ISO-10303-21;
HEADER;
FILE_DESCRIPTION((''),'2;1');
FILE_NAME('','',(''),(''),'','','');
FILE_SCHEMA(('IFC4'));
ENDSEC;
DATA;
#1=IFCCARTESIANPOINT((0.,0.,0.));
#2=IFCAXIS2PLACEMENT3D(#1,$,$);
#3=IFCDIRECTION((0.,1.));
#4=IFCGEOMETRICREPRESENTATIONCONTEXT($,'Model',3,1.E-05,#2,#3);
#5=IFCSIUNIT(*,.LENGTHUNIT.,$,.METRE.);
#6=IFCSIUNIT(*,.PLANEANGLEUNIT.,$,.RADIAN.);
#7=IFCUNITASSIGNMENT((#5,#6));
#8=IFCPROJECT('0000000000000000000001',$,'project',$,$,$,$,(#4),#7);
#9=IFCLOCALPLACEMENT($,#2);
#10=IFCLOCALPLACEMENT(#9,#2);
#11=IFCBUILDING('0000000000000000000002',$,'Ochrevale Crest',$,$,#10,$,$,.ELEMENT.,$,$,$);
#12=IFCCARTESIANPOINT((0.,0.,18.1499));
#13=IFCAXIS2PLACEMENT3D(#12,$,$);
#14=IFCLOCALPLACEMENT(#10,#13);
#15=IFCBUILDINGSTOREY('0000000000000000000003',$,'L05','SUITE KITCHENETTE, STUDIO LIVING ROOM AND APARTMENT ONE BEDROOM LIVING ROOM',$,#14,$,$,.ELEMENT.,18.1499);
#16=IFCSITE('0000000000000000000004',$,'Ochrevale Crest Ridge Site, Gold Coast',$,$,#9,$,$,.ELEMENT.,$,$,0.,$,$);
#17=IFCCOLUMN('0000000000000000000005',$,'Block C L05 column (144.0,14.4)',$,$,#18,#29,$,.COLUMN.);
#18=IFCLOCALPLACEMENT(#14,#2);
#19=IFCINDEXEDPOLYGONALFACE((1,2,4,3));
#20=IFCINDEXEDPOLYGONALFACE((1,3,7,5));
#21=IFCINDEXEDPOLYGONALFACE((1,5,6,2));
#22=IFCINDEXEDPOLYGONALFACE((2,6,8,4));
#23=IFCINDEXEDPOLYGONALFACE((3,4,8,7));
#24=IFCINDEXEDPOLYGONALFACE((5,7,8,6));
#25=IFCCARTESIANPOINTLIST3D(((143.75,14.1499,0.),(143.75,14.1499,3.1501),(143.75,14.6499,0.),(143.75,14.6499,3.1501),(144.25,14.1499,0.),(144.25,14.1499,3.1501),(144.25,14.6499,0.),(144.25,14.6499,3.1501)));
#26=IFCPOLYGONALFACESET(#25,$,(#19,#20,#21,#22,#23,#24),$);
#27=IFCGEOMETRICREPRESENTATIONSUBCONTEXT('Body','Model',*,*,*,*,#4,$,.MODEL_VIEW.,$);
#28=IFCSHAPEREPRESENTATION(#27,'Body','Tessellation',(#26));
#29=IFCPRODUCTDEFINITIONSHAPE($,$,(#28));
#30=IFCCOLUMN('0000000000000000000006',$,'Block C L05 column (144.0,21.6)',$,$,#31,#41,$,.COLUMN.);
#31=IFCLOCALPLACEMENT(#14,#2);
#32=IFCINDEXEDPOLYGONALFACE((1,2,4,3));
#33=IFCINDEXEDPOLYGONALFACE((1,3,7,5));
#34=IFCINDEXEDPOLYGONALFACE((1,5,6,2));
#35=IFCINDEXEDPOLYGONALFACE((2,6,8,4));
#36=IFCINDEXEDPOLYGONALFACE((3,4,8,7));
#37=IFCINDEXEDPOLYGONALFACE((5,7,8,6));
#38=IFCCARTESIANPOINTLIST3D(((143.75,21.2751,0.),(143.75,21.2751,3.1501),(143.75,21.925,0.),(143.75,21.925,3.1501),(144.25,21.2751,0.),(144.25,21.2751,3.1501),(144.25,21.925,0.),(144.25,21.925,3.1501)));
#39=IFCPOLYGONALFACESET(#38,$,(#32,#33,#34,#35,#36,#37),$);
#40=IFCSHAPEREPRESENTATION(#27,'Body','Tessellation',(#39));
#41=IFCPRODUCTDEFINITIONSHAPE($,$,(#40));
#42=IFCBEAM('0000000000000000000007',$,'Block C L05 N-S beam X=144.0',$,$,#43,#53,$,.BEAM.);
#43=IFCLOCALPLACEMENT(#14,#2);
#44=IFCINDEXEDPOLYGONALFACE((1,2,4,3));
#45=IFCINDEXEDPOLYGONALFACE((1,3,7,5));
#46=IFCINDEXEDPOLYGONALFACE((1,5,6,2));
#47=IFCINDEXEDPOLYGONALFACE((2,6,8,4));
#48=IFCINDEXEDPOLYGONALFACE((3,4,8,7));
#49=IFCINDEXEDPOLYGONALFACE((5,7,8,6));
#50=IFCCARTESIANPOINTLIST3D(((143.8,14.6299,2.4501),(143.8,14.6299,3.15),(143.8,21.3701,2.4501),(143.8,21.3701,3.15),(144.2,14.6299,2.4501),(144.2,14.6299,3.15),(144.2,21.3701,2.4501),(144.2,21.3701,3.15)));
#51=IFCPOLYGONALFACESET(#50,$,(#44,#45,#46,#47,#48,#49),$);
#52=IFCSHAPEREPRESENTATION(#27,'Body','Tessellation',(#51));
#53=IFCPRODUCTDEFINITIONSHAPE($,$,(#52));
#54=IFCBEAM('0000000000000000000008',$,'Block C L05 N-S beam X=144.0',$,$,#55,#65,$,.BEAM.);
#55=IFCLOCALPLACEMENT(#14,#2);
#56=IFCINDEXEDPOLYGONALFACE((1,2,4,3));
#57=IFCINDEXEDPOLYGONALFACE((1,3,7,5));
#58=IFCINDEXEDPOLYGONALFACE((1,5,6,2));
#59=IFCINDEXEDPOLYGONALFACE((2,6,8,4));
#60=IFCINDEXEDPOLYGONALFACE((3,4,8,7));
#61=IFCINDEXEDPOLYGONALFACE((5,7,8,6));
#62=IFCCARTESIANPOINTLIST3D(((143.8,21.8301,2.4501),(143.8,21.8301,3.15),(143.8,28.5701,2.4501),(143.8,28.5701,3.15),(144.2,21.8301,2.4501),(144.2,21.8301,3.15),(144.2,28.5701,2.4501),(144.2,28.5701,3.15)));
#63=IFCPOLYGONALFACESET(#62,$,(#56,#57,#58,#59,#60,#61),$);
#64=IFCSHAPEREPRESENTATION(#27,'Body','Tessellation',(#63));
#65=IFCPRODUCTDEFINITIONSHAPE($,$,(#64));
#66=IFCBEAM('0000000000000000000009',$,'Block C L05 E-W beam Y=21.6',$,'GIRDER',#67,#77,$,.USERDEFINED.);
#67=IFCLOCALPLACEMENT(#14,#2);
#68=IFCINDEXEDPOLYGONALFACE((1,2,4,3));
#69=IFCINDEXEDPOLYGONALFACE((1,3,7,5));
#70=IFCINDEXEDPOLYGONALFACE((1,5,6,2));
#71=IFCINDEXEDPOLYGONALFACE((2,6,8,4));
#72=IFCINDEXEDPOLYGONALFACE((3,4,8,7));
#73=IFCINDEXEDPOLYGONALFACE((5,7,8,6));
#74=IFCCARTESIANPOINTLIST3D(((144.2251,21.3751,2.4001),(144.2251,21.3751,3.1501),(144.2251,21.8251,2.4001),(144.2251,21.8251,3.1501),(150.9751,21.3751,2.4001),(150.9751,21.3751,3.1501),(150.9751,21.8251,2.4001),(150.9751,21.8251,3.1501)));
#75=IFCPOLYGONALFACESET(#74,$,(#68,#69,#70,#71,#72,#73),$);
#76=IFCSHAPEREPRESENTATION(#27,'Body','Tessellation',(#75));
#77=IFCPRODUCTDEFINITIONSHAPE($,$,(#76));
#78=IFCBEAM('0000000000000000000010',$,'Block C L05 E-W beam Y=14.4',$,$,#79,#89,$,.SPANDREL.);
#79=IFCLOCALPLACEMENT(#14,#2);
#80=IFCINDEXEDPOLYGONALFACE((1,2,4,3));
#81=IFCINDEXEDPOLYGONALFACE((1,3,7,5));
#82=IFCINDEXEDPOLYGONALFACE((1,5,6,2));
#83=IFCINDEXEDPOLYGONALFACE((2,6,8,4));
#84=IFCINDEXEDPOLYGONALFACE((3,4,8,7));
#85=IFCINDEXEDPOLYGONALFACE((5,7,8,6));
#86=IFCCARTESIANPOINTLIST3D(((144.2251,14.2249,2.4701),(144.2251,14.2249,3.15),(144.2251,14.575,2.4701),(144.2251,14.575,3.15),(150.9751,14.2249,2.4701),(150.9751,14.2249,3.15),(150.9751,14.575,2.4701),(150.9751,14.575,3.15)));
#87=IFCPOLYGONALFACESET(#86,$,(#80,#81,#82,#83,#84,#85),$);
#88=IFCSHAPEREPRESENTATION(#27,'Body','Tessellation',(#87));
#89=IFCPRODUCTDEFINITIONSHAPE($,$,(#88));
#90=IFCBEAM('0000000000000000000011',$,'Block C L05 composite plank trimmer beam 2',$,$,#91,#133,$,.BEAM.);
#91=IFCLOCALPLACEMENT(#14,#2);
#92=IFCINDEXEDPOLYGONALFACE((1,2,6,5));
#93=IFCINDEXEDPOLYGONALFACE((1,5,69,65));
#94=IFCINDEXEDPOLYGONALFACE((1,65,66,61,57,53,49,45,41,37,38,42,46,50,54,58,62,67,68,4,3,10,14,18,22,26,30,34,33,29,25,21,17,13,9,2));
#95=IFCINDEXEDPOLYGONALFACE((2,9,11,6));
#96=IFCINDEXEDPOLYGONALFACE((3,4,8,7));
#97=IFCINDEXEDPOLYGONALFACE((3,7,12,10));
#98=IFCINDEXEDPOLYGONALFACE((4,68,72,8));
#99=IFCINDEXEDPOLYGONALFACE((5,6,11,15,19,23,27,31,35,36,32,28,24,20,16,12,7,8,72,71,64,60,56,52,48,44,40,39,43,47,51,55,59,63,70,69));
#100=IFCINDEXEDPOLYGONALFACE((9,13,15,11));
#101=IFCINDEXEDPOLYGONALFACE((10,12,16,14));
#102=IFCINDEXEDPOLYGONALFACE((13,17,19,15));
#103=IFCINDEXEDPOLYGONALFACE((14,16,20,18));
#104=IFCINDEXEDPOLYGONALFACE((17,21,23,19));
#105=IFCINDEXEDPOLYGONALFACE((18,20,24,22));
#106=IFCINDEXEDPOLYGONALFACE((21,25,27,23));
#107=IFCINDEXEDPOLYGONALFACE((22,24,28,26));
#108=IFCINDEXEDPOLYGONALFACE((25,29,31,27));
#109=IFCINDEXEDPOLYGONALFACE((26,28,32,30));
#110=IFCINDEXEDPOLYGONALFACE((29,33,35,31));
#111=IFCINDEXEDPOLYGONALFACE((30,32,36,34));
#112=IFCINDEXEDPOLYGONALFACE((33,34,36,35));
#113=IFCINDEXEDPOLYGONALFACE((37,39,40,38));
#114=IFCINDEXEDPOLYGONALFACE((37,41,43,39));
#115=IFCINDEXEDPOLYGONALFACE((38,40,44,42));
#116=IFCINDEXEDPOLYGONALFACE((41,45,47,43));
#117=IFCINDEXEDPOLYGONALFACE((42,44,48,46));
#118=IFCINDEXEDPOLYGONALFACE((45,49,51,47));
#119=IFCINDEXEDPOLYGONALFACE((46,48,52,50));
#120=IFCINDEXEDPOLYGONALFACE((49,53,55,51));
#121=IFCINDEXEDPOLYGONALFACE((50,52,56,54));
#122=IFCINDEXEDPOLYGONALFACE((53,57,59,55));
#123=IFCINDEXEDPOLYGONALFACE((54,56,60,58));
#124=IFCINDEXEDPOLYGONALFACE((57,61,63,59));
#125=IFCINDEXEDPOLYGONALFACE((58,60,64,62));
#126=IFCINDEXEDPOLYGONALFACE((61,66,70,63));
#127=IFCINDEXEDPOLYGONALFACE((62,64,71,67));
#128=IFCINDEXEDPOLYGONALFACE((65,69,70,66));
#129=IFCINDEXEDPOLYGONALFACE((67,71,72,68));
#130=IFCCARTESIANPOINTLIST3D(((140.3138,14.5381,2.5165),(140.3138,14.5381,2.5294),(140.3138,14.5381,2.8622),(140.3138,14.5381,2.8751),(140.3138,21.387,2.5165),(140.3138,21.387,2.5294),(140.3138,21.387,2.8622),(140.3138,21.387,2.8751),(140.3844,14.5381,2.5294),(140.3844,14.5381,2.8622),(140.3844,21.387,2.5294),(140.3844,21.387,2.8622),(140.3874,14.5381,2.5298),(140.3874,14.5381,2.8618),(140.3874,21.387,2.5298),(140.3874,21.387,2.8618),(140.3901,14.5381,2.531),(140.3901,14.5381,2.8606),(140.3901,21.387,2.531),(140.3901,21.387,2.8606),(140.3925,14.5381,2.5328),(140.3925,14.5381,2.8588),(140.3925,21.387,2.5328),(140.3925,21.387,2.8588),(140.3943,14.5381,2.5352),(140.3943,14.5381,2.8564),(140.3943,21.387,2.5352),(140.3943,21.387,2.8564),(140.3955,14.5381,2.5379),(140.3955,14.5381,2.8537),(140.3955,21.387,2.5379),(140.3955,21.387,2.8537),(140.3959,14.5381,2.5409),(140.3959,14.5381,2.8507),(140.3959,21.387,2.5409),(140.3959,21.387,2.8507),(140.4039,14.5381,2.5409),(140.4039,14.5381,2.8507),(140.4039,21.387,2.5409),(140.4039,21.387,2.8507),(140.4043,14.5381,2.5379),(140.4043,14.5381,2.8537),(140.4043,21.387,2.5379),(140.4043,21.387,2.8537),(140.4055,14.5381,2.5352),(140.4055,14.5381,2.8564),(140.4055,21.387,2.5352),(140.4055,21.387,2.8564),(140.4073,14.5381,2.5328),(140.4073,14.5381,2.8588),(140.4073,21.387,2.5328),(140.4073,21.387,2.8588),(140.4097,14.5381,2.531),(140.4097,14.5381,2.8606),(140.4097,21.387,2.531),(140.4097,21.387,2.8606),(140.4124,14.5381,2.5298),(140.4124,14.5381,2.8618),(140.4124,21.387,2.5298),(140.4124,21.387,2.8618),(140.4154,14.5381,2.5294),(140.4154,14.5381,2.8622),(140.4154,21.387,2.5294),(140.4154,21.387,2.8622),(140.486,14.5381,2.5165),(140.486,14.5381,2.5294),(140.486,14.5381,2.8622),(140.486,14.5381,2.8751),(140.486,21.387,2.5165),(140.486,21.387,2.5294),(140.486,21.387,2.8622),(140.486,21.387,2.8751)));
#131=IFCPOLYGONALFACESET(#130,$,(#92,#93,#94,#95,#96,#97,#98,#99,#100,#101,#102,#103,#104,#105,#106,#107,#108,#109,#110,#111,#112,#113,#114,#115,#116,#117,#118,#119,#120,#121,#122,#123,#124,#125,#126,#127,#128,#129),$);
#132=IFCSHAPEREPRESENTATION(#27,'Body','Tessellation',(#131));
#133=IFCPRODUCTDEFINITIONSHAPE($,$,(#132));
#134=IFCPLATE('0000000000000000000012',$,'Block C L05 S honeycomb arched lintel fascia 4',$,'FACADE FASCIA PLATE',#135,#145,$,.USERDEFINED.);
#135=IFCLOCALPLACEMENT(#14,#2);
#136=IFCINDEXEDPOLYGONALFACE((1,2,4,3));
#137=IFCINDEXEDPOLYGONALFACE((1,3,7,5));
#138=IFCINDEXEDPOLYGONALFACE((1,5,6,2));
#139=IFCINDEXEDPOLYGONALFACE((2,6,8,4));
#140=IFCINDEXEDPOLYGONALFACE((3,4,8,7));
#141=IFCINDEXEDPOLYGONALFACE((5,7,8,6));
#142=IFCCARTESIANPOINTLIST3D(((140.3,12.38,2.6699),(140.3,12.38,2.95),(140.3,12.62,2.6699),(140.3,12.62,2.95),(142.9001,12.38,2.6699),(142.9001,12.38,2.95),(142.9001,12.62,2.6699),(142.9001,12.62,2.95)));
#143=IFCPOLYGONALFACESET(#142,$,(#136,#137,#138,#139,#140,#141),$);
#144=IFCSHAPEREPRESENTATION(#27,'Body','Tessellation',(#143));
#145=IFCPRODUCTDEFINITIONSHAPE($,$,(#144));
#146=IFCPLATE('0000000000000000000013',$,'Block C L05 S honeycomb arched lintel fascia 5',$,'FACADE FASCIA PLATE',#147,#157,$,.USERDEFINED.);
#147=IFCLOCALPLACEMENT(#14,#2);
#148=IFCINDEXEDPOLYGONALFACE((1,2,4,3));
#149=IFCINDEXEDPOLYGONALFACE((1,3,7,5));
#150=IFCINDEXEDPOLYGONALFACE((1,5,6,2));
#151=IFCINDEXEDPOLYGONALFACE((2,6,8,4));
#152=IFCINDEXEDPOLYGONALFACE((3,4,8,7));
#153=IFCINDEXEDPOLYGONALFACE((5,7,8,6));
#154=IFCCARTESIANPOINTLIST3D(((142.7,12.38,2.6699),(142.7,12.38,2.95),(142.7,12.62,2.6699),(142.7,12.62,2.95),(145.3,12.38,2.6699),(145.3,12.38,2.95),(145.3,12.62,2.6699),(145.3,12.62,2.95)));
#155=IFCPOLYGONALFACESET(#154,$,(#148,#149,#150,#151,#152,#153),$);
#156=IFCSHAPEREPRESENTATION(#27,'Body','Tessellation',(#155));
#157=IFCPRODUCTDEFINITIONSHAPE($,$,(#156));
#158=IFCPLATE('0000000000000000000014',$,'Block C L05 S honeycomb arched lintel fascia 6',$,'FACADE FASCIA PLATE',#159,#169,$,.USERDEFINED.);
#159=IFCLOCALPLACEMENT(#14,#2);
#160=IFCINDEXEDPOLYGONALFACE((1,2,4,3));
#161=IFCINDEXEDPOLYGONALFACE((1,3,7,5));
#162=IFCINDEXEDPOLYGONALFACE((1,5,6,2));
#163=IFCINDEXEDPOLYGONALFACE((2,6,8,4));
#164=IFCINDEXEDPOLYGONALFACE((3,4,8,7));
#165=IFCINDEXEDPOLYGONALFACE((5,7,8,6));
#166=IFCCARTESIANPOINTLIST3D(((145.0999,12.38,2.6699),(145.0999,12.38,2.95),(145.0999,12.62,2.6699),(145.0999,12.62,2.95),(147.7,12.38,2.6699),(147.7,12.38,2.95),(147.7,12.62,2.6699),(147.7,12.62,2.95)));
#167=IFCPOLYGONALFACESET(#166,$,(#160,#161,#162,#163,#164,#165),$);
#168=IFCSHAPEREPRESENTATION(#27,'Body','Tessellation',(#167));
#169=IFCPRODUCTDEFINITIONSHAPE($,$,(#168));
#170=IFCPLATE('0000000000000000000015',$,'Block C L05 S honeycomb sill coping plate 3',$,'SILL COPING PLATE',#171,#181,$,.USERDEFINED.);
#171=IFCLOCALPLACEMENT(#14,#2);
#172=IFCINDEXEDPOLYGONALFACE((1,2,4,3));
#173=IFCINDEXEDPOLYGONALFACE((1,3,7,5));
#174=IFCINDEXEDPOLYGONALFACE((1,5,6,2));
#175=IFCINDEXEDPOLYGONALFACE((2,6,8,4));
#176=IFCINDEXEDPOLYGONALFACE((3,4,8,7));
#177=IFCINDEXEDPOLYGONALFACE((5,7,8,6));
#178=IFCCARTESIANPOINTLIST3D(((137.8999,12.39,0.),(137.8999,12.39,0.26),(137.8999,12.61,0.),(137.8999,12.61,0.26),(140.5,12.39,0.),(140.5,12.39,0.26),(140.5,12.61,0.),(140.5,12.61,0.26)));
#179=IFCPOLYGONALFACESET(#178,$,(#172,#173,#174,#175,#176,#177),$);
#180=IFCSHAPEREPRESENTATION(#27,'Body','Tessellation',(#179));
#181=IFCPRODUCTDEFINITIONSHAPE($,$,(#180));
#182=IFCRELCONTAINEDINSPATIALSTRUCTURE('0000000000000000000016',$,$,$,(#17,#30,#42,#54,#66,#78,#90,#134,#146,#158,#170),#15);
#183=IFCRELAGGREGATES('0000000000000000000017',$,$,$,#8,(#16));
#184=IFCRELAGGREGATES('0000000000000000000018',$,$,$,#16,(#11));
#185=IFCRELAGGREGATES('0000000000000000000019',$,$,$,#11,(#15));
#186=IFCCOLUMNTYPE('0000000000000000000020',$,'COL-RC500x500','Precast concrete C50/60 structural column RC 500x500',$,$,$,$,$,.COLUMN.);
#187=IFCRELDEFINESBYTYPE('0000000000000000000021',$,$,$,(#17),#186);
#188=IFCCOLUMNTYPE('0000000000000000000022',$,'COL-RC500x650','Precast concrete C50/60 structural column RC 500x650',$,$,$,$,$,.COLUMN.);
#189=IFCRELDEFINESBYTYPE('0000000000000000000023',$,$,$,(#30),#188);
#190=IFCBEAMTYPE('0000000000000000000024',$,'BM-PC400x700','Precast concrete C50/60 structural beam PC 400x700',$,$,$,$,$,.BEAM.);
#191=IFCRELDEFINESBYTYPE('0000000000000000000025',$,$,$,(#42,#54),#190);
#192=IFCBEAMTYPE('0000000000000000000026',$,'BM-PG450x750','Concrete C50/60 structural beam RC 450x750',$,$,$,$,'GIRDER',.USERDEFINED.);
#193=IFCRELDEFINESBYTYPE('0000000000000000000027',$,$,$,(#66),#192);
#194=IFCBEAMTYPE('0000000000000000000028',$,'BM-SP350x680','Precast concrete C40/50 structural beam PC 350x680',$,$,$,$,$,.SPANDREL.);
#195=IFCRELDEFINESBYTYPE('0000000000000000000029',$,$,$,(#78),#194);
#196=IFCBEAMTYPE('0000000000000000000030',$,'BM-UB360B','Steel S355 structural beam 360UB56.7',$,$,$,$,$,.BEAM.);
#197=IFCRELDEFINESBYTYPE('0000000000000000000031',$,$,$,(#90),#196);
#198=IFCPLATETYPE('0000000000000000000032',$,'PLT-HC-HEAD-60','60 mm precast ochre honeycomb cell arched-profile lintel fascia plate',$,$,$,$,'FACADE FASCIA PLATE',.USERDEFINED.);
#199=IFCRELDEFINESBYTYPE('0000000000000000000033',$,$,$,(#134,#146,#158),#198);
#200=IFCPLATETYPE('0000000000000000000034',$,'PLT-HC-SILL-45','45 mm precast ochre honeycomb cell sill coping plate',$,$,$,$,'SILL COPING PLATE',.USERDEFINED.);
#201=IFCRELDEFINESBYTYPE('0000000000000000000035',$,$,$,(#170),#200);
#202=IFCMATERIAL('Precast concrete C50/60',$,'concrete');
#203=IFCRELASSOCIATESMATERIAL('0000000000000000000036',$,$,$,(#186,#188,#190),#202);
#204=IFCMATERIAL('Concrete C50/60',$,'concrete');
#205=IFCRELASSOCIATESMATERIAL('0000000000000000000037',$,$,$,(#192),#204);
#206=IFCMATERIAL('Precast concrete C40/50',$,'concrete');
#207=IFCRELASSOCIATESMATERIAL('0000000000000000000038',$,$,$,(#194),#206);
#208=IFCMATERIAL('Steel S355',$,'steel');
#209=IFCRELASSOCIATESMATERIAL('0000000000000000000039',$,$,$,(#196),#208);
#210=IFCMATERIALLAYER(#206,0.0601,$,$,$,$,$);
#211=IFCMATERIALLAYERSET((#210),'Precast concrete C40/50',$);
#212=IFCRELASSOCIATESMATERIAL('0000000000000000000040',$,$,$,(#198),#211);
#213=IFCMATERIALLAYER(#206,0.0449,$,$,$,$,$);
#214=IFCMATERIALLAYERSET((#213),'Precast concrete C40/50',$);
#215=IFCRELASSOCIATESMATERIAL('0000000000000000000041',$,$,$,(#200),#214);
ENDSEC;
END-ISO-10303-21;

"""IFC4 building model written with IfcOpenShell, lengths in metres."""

from ifc_helpers import new_model, si_unit, direction, frame, origin, origin_2d, place, context, subcontext, project, spatial, rectangle, i_section, extrude, material, layer, layer_set, material_profile, profile_set, type_object, element, save


model = new_model("IFC4")

# Units and contexts
model_context = context("Model", 3, precision=1e-05, world=origin(), true_north=direction((0.0, 1.0)))
body_context = subcontext(model_context, "Body", "Model", "MODEL_VIEW")
ifc_project = project(units=[si_unit("LENGTHUNIT", "METRE"), si_unit("PLANEANGLEUNIT", "RADIAN")], contexts=[model_context])

# Site, building, storey
site_placement = place(None, origin())
site = spatial("IfcSite", under=ifc_project, at=site_placement, Name="Ochrevale Crest Ridge Site, Gold Coast", CompositionType="ELEMENT", RefElevation=0.0)
building_placement = place(site_placement, origin())
building = spatial("IfcBuilding", under=site, at=building_placement, Name="Ochrevale Crest", CompositionType="ELEMENT")
storey_placement = place(building_placement, frame((0.0, 0.0, 18.1499)))
storey = spatial("IfcBuildingStorey", under=building, at=storey_placement, Name="L05", Description="SUITE KITCHENETTE, STUDIO LIVING ROOM AND APARTMENT ONE BEDROOM LIVING ROOM", CompositionType="ELEMENT", Elevation=18.1499)

# Columns
ifc_material_1 = material(Name="Precast concrete C50/60", Category="concrete")
ifc_material_profile_1 = material_profile(ifc_material_1, rectangle(XDim=0.5, YDim=0.5, at=origin_2d()), Name="RC 500x500")
ifc_profile_set_1 = profile_set([ifc_material_profile_1], Name="Precast concrete C50/60")
column_type_1 = type_object("IfcColumnType", Name="COL-RC500x500", Description="Precast concrete C50/60 structural column RC 500x500", PredefinedType="COLUMN", material=ifc_profile_set_1)
column_1_placement = place(storey_placement, frame((144.0, 14.3999, 0.0), z_axis=(0.0, 0.0, 1.0), x_axis=(1.0, 0.0, 0.0)))
element("IfcColumn", 1, at=column_1_placement, inside=storey, type_object=column_type_1, Name="Block C L05 column (144.0,14.4)", PredefinedType="COLUMN", context=body_context, shape_type="SweptSolid", body=[
    extrude(rectangle(XDim=0.5, YDim=0.5, at=origin_2d()), origin(), (0.0, 0.0, 1.0), 3.1501),
])
ifc_material_profile_2 = material_profile(ifc_material_1, rectangle(XDim=0.5, YDim=0.6499, at=origin_2d()), Name="RC 500x650")
ifc_profile_set_2 = profile_set([ifc_material_profile_2], Name="Precast concrete C50/60")
column_type_2 = type_object("IfcColumnType", Name="COL-RC500x650", Description="Precast concrete C50/60 structural column RC 500x650", PredefinedType="COLUMN", material=ifc_profile_set_2)
column_2_placement = place(storey_placement, frame((144.0, 21.6001, 0.0), z_axis=(0.0, 0.0, 1.0), x_axis=(1.0, 0.0, 0.0)))
element("IfcColumn", 2, at=column_2_placement, inside=storey, type_object=column_type_2, Name="Block C L05 column (144.0,21.6)", PredefinedType="COLUMN", context=body_context, shape_type="SweptSolid", body=[
    extrude(rectangle(XDim=0.5, YDim=0.6499, at=origin_2d()), origin(), (0.0, 0.0, 1.0), 3.1501),
])

# Beams
ifc_material_profile_3 = material_profile(ifc_material_1, rectangle(XDim=0.3999, YDim=0.7, at=origin_2d()), Name="PC 400x700")
ifc_profile_set_3 = profile_set([ifc_material_profile_3], Name="Precast concrete C50/60")
beam_type_1 = type_object("IfcBeamType", Name="BM-PC400x700", Description="Precast concrete C50/60 structural beam PC 400x700", PredefinedType="BEAM", material=ifc_profile_set_3)
beam_1_placement = place(storey_placement, frame((144.0, 14.6299, 2.8), z_axis=(0.0, 1.0, 0.0), x_axis=(-1.0, 0.0, 0.0)))
element("IfcBeam", 3, at=beam_1_placement, inside=storey, type_object=beam_type_1, Name="Block C L05 N-S beam X=144.0", PredefinedType="BEAM", context=body_context, shape_type="SweptSolid", body=[
    extrude(rectangle(XDim=0.3999, YDim=0.7, at=origin_2d()), origin(), (0.0, 0.0, 1.0), 6.7402),
])
beam_2_placement = place(storey_placement, frame((144.0, 21.8301, 2.8), z_axis=(0.0, 1.0, 0.0), x_axis=(-1.0, 0.0, 0.0)))
element("IfcBeam", 4, at=beam_2_placement, inside=storey, type_object=beam_type_1, Name="Block C L05 N-S beam X=144.0", PredefinedType="BEAM", context=body_context, shape_type="SweptSolid", body=[
    extrude(rectangle(XDim=0.3999, YDim=0.7, at=origin_2d()), origin(), (0.0, 0.0, 1.0), 6.74),
])
ifc_material_2 = material(Name="Concrete C50/60", Category="concrete")
ifc_material_profile_4 = material_profile(ifc_material_2, rectangle(XDim=0.45, YDim=0.75, at=origin_2d()), Name="RC 450x750")
ifc_profile_set_4 = profile_set([ifc_material_profile_4], Name="Concrete C50/60")
beam_type_2 = type_object("IfcBeamType", Name="BM-PG450x750", Description="Concrete C50/60 structural beam RC 450x750", ElementType="GIRDER", PredefinedType="USERDEFINED", material=ifc_profile_set_4)
beam_3_placement = place(storey_placement, frame((144.2251, 21.6001, 2.7751), z_axis=(1.0, 0.0, 0.0), x_axis=(0.0, 1.0, 0.0)))
element("IfcBeam", 5, at=beam_3_placement, inside=storey, type_object=beam_type_2, Name="Block C L05 E-W beam Y=21.6", ObjectType="GIRDER", PredefinedType="USERDEFINED", context=body_context, shape_type="SweptSolid", body=[
    extrude(rectangle(XDim=0.45, YDim=0.75, at=origin_2d()), origin(), (0.0, 0.0, 1.0), 6.75),
])
ifc_material_3 = material(Name="Precast concrete C40/50", Category="concrete")
ifc_material_profile_5 = material_profile(ifc_material_3, rectangle(XDim=0.3501, YDim=0.6799, at=origin_2d()), Name="PC 350x680")
ifc_profile_set_5 = profile_set([ifc_material_profile_5], Name="Precast concrete C40/50")
beam_type_3 = type_object("IfcBeamType", Name="BM-SP350x680", Description="Precast concrete C40/50 structural beam PC 350x680", PredefinedType="SPANDREL", material=ifc_profile_set_5)
beam_4_placement = place(storey_placement, frame((144.2251, 14.3999, 2.8101), z_axis=(1.0, 0.0, 0.0), x_axis=(0.0, 1.0, 0.0)))
element("IfcBeam", 6, at=beam_4_placement, inside=storey, type_object=beam_type_3, Name="Block C L05 E-W beam Y=14.4", PredefinedType="SPANDREL", context=body_context, shape_type="SweptSolid", body=[
    extrude(rectangle(XDim=0.3501, YDim=0.6799, at=origin_2d()), origin(), (0.0, 0.0, 1.0), 6.75),
])
ifc_material_4 = material(Name="Steel S355", Category="steel")
ifc_material_profile_6 = material_profile(ifc_material_4, i_section(OverallWidth=0.1721, OverallDepth=0.3586, WebThickness=0.0081, FlangeThickness=0.0129, FilletRadius=0.0115, at=origin_2d()), Name="360UB56.7")
ifc_profile_set_6 = profile_set([ifc_material_profile_6], Name="Steel S355")
beam_type_4 = type_object("IfcBeamType", Name="BM-UB360B", Description="Steel S355 structural beam 360UB56.7", PredefinedType="BEAM", material=ifc_profile_set_6)
beam_5_placement = place(storey_placement, frame((140.3999, 14.5381, 2.6958), z_axis=(0.0, 1.0, 0.0), x_axis=(-1.0, 0.0, 0.0)))
element("IfcBeam", 7, at=beam_5_placement, inside=storey, type_object=beam_type_4, Name="Block C L05 composite plank trimmer beam 2", PredefinedType="BEAM", context=body_context, shape_type="SweptSolid", body=[
    extrude(i_section(OverallWidth=0.1721, OverallDepth=0.3586, WebThickness=0.0081, FlangeThickness=0.0129, FilletRadius=0.0115, at=origin_2d()), origin(), (0.0, 0.0, 1.0), 6.8489),
])

# Plates
ifc_layer_1 = layer(ifc_material_3, 0.0601)
ifc_layer_set_1 = layer_set([ifc_layer_1], Name="Precast concrete C40/50")
plate_type_1 = type_object("IfcPlateType", Name="PLT-HC-HEAD-60", Description="60 mm precast ochre honeycomb cell arched-profile lintel fascia plate", ElementType="FACADE FASCIA PLATE", PredefinedType="USERDEFINED", material=ifc_layer_set_1)
for number, where, z_axis, x_axis, name in (
    (8, (141.6001, 12.5, 2.6699), (0.0, 0.0, 1.0), (1.0, 0.0, 0.0), "Block C L05 S honeycomb arched lintel fascia 4"),
    (9, (144.0, 12.5, 2.6699), (0.0, 0.0, 1.0), (1.0, 0.0, 0.0), "Block C L05 S honeycomb arched lintel fascia 5"),
    (10, (146.3999, 12.5, 2.6699), (0.0, 0.0, 1.0), (1.0, 0.0, 0.0), "Block C L05 S honeycomb arched lintel fascia 6"),
):
    element("IfcPlate", number, at=place(storey_placement, frame(where, z_axis=z_axis, x_axis=x_axis)), inside=storey, type_object=plate_type_1, Name=name, ObjectType="FACADE FASCIA PLATE", PredefinedType="USERDEFINED", context=body_context, shape_type="SweptSolid", body=[
        extrude(rectangle(XDim=2.6001, YDim=0.24, at=origin_2d()), origin(), (0.0, 0.0, 1.0), 0.28),
    ])
ifc_layer_2 = layer(ifc_material_3, 0.0449)
ifc_layer_set_2 = layer_set([ifc_layer_2], Name="Precast concrete C40/50")
plate_type_2 = type_object("IfcPlateType", Name="PLT-HC-SILL-45", Description="45 mm precast ochre honeycomb cell sill coping plate", ElementType="SILL COPING PLATE", PredefinedType="USERDEFINED", material=ifc_layer_set_2)
for number, where, z_axis, x_axis, name in (
    (11, (139.2, 12.5, 0.0), (0.0, 0.0, 1.0), (1.0, 0.0, 0.0), "Block C L05 S honeycomb sill coping plate 3"),
):
    element("IfcPlate", number, at=place(storey_placement, frame(where, z_axis=z_axis, x_axis=x_axis)), inside=storey, type_object=plate_type_2, Name=name, ObjectType="SILL COPING PLATE", PredefinedType="USERDEFINED", context=body_context, shape_type="SweptSolid", body=[
        extrude(rectangle(XDim=2.6001, YDim=0.22, at=origin_2d()), origin(), (0.0, 0.0, 1.0), 0.26),
    ])

save(model, "model.ifc")
